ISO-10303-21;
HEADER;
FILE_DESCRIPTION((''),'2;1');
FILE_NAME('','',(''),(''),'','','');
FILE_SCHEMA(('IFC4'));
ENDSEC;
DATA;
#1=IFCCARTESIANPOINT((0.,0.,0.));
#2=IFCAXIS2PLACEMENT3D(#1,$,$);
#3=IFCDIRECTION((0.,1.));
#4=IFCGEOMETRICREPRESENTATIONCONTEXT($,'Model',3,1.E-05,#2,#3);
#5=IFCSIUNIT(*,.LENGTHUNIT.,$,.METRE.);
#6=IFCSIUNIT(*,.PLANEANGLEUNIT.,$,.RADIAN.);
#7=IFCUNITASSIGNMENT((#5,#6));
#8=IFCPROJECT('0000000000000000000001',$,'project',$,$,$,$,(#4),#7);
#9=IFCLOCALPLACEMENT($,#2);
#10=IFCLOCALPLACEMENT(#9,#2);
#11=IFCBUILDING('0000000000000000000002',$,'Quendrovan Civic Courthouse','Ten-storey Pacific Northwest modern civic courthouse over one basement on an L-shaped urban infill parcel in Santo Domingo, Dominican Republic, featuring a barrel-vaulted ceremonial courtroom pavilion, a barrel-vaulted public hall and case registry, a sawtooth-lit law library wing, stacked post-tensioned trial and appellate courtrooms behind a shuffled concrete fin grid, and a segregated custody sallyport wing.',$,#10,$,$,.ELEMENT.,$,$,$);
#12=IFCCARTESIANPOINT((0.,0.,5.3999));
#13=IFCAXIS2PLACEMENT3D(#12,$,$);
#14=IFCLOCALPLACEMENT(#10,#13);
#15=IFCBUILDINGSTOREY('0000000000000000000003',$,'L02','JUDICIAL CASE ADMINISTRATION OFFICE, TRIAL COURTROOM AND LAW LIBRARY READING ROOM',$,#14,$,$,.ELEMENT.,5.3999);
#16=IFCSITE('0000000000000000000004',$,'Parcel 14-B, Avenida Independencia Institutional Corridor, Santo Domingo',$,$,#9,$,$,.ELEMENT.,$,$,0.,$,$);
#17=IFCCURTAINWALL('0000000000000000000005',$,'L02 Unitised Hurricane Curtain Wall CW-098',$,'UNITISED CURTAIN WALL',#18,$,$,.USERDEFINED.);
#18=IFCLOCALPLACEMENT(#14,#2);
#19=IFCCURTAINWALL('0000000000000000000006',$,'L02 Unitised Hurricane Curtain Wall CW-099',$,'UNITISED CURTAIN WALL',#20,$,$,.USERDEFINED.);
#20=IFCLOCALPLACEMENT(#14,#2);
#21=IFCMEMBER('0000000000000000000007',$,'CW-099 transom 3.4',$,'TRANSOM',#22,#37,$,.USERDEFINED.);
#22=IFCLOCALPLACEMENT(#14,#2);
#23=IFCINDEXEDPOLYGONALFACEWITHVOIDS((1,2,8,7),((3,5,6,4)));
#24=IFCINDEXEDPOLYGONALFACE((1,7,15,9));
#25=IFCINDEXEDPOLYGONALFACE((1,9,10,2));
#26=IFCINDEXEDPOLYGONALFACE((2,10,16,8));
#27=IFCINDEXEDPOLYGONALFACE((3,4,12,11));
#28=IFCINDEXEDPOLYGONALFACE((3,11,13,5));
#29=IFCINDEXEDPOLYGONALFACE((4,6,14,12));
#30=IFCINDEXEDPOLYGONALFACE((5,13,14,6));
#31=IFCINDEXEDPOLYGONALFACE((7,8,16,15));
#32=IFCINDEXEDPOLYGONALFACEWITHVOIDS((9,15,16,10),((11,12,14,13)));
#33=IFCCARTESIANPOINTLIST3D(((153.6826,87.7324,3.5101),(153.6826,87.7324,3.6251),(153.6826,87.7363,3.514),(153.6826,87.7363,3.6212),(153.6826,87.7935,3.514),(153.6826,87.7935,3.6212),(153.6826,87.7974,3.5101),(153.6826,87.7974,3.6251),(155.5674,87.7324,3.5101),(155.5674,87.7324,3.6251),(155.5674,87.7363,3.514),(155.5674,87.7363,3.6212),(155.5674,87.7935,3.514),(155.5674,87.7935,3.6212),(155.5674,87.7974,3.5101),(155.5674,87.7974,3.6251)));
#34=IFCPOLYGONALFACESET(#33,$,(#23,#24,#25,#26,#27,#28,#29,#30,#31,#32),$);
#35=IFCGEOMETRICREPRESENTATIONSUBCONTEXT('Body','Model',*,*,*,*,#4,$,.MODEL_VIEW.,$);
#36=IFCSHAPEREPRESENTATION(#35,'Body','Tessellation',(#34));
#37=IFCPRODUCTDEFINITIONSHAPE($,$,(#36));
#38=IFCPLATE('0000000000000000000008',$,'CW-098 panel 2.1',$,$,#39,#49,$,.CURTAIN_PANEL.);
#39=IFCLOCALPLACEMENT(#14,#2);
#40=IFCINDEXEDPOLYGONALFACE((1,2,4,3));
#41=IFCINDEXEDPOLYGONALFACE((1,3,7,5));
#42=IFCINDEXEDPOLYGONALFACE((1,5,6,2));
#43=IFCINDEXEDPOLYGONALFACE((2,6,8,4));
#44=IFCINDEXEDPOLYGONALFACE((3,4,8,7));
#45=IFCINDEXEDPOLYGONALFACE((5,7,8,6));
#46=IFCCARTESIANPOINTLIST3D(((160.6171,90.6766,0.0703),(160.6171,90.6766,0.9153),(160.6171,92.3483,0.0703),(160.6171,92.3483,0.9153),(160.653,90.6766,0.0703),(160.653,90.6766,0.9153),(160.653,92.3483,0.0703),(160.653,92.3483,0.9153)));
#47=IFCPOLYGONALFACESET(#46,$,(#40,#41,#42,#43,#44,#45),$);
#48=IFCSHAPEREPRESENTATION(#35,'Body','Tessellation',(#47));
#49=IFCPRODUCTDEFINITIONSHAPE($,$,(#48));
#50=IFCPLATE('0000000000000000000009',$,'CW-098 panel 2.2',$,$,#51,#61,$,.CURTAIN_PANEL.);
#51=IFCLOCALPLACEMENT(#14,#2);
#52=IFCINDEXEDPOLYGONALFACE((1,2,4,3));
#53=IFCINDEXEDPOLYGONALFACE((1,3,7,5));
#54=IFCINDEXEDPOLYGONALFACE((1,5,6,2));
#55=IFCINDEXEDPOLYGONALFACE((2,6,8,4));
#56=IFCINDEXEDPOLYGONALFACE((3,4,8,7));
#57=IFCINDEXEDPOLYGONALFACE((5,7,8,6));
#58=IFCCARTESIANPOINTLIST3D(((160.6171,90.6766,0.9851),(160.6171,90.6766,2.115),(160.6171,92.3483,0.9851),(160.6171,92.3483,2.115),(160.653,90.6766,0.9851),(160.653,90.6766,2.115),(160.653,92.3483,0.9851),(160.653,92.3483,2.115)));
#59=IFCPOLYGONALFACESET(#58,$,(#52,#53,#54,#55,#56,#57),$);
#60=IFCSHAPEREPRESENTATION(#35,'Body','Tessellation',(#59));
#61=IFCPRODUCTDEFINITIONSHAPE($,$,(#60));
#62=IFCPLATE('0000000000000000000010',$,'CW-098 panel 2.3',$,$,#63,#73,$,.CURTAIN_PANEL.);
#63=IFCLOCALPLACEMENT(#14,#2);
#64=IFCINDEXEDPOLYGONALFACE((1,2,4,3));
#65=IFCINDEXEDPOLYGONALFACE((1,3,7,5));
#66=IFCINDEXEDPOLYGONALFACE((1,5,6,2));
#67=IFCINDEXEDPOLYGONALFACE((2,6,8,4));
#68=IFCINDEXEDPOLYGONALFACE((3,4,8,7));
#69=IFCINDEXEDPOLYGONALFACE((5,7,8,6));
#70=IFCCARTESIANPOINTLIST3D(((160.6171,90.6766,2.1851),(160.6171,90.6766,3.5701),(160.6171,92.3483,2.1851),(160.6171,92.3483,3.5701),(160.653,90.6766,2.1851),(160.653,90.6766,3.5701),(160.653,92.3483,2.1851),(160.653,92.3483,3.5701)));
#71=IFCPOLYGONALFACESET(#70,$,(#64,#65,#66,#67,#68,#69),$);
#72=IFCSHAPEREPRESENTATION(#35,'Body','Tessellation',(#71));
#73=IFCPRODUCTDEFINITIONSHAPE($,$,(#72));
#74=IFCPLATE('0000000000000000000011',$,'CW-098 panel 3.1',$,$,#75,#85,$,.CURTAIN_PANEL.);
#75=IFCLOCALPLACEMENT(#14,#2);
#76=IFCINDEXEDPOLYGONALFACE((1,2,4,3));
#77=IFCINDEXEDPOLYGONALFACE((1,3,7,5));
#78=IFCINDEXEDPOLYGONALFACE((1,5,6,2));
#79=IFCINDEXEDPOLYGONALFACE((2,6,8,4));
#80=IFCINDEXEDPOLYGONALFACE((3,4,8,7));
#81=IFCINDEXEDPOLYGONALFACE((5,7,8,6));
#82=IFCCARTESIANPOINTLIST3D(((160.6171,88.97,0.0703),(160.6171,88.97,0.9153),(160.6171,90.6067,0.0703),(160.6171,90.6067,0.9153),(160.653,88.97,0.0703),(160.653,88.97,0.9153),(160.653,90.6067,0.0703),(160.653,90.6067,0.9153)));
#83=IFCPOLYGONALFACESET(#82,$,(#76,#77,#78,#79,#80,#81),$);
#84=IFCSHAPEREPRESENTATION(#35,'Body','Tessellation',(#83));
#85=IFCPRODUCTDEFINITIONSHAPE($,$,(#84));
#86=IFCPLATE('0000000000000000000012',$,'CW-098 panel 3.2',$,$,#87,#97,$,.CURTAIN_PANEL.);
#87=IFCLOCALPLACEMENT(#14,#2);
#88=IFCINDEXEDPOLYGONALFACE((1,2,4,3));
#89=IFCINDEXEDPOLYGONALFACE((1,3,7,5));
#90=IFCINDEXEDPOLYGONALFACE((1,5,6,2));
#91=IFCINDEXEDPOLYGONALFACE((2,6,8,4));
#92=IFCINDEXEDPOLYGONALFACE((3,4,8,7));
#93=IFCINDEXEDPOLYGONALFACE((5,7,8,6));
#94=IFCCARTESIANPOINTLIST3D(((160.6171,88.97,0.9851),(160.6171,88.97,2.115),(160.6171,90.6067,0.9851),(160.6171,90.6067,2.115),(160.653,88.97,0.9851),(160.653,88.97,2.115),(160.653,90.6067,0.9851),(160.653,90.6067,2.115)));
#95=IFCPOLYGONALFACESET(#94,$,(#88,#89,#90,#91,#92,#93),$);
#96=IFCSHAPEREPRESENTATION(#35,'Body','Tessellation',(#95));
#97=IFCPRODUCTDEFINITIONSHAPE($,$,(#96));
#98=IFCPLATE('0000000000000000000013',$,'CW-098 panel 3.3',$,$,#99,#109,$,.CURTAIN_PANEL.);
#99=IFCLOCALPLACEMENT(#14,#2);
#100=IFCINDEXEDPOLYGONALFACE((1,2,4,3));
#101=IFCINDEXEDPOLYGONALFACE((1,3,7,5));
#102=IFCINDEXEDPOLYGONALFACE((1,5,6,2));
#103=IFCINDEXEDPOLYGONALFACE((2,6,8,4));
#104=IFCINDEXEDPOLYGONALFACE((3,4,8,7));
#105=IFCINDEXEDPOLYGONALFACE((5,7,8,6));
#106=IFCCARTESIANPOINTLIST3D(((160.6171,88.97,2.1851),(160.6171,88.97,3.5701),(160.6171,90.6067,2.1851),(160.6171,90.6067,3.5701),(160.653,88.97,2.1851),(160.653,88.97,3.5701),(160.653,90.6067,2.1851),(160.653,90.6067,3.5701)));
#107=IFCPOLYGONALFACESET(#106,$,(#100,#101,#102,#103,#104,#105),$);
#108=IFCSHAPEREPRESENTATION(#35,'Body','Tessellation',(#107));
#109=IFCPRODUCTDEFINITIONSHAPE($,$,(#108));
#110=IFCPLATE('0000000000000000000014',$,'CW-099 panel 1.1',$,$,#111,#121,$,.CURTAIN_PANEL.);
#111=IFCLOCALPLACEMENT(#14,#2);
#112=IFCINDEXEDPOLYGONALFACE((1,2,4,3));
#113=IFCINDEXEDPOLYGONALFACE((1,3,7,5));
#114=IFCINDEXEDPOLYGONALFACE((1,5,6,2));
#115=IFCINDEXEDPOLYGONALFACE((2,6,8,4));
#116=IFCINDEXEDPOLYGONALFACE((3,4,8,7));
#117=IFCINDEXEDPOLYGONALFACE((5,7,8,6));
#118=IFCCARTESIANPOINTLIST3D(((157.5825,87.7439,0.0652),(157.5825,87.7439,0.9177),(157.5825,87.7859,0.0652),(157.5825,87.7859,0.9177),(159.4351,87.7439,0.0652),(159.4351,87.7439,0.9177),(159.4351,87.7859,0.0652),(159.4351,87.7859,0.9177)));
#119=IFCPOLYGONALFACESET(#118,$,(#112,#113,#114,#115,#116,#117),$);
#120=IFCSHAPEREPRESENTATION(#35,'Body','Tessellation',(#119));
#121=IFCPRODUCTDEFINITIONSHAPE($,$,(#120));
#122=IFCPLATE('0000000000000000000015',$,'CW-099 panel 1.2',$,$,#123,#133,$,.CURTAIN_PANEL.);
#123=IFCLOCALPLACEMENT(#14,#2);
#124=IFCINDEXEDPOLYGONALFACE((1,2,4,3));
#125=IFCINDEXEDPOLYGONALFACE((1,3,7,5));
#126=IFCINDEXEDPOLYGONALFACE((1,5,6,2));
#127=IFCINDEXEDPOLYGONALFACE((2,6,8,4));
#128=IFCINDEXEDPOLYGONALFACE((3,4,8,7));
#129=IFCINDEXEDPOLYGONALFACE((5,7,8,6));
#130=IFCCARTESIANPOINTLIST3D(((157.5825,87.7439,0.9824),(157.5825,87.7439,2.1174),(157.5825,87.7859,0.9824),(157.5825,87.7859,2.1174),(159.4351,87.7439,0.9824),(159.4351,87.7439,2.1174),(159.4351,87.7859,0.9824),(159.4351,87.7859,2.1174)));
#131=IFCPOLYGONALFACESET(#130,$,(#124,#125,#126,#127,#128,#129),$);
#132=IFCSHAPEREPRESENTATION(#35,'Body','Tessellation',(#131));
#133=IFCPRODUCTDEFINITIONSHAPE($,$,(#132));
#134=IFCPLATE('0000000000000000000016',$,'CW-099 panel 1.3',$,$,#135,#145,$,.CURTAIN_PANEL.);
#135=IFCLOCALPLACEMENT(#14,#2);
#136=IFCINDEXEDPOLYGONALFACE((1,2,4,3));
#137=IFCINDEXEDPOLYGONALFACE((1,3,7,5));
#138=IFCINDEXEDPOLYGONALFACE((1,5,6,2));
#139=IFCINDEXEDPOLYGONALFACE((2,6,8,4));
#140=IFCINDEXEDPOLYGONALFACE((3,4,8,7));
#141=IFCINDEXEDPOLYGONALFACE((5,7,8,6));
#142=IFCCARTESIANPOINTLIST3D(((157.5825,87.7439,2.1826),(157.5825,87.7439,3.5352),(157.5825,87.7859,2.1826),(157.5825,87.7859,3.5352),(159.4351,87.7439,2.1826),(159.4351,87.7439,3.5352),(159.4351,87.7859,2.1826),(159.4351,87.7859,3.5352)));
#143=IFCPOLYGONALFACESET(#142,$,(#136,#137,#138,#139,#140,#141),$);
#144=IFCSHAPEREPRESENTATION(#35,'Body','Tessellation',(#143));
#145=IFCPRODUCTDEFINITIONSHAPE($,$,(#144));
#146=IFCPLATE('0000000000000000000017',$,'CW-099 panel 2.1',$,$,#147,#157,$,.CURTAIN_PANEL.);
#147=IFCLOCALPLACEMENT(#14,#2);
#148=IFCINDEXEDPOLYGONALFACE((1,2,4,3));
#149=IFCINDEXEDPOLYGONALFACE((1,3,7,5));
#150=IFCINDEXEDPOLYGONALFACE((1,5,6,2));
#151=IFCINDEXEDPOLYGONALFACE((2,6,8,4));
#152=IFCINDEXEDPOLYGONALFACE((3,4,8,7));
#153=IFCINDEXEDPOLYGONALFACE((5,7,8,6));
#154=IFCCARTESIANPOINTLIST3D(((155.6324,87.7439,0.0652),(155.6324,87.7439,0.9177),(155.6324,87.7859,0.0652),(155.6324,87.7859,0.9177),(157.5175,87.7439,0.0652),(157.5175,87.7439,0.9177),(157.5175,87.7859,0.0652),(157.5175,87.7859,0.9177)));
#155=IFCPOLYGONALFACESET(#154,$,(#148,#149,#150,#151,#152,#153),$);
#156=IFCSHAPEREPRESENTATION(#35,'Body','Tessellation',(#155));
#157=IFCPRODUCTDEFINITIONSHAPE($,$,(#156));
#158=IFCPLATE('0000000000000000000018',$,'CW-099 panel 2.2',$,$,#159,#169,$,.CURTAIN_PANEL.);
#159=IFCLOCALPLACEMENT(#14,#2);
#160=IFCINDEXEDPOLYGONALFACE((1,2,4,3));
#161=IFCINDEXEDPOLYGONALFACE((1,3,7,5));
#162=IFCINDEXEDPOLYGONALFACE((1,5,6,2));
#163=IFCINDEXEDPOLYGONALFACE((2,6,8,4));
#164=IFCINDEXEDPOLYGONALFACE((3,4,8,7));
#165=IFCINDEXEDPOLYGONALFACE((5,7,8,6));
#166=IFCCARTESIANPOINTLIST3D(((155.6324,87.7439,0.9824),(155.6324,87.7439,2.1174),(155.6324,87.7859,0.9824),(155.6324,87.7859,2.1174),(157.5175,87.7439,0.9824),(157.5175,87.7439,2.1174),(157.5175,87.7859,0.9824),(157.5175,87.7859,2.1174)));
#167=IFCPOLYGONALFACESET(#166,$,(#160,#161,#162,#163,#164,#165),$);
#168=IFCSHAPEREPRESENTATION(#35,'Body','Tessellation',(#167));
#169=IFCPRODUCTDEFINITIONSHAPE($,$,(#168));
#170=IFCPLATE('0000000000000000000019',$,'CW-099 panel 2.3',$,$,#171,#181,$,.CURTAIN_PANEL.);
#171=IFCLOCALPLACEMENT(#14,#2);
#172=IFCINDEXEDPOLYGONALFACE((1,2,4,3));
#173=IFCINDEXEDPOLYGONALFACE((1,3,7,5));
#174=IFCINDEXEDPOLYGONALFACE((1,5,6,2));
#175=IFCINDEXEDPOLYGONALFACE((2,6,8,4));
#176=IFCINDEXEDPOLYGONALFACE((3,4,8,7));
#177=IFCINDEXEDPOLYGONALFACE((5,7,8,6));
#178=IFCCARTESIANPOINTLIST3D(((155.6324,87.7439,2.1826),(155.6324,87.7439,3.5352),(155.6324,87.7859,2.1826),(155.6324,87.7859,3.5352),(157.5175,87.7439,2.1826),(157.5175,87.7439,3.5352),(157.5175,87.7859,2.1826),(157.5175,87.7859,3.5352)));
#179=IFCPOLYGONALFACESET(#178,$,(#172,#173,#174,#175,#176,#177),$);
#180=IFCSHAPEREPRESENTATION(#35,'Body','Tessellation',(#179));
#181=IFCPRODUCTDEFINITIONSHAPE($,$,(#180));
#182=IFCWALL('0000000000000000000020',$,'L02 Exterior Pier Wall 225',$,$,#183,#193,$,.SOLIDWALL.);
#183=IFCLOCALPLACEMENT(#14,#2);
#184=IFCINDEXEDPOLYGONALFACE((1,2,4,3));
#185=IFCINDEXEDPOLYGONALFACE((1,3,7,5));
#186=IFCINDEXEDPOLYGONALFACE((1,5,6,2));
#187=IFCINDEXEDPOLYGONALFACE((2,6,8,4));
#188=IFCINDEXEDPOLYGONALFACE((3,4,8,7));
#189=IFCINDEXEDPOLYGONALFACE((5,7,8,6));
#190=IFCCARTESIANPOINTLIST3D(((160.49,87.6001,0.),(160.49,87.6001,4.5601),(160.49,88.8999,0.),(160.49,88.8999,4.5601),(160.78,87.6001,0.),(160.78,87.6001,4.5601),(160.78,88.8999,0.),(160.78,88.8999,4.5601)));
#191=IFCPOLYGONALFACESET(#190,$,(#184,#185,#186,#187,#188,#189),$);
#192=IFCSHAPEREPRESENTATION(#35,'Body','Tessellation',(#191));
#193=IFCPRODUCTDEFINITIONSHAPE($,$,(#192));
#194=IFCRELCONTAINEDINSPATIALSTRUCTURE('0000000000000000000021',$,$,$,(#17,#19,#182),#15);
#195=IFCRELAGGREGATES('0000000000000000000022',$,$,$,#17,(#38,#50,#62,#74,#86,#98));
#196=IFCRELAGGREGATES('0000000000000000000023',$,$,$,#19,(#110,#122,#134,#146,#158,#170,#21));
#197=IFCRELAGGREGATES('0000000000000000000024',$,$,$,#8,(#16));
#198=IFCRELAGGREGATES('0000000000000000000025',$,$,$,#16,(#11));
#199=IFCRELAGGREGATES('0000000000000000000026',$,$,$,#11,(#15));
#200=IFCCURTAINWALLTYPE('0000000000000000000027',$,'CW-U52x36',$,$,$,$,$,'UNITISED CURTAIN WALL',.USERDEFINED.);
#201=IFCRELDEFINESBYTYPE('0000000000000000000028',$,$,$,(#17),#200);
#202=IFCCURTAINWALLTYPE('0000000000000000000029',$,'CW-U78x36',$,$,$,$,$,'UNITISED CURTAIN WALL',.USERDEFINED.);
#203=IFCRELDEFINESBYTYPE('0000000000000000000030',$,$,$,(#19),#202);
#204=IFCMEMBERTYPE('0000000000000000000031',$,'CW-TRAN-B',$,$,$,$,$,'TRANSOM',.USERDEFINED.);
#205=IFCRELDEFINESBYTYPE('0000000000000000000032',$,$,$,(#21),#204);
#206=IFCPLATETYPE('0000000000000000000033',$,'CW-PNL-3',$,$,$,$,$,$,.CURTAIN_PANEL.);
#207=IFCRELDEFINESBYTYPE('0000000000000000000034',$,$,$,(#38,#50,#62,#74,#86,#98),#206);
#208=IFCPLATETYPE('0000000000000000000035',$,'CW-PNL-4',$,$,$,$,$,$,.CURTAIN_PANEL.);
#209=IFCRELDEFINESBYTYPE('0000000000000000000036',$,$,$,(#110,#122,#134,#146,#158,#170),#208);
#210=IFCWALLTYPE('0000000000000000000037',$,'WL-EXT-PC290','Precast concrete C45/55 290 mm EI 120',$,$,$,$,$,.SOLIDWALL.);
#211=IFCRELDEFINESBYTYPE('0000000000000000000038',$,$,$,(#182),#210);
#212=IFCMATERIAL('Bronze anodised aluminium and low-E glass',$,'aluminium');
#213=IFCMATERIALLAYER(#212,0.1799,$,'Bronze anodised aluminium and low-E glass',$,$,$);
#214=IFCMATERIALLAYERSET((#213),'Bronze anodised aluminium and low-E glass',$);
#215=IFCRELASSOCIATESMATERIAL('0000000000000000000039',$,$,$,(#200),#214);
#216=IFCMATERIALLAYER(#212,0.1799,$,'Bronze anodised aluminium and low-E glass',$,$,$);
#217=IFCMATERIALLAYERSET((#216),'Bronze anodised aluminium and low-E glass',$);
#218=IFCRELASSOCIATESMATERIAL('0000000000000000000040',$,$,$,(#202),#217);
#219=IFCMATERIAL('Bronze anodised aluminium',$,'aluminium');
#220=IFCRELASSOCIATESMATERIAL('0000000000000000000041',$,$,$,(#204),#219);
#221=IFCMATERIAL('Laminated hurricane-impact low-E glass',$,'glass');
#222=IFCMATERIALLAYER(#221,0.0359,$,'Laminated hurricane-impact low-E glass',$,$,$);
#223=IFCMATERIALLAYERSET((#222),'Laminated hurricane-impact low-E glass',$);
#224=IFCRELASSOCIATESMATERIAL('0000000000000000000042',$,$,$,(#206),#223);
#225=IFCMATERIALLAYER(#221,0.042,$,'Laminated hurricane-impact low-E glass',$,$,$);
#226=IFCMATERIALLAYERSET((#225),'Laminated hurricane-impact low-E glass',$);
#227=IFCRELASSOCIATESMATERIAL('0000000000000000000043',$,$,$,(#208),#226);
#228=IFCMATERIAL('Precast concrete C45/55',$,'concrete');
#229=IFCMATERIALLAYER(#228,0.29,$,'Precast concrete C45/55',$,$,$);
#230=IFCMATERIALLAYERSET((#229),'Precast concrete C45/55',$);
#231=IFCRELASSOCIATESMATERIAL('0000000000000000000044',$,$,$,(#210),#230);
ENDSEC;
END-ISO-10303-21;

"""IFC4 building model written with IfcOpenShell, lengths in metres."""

from ifc_helpers import new_model, si_unit, direction, frame, frame_2d, origin, origin_2d, place, context, subcontext, project, spatial, rectangle, hollow_rectangle, extrude, material, layer, layer_set, material_profile, profile_set, type_object, element, aggregate, save


model = new_model("IFC4")

# Units and contexts
model_context = context("Model", 3, precision=1e-05, world=origin(), true_north=direction((0.0, 1.0)))
body_context = subcontext(model_context, "Body", "Model", "MODEL_VIEW")
ifc_project = project(units=[si_unit("LENGTHUNIT", "METRE"), si_unit("PLANEANGLEUNIT", "RADIAN")], contexts=[model_context])

# Site, building, storey
site_placement = place(None, origin())
site = spatial("IfcSite", under=ifc_project, at=site_placement, Name="Parcel 14-B, Avenida Independencia Institutional Corridor, Santo Domingo", CompositionType="ELEMENT", RefElevation=0.0)
building_placement = place(site_placement, origin())
building = spatial("IfcBuilding", under=site, at=building_placement, Name="Quendrovan Civic Courthouse", Description="Ten-storey Pacific Northwest modern civic courthouse over one basement on an L-shaped urban infill parcel in Santo Domingo, Dominican Republic, featuring a barrel-vaulted ceremonial courtroom pavilion, a barrel-vaulted public hall and case registry, a sawtooth-lit law library wing, stacked post-tensioned trial and appellate courtrooms behind a shuffled concrete fin grid, and a segregated custody sallyport wing.", CompositionType="ELEMENT")
storey_placement = place(building_placement, frame((0.0, 0.0, 5.3999)))
storey = spatial("IfcBuildingStorey", under=building, at=storey_placement, Name="L02", Description="JUDICIAL CASE ADMINISTRATION OFFICE, TRIAL COURTROOM AND LAW LIBRARY READING ROOM", CompositionType="ELEMENT", Elevation=5.3999)

# Curtain walls
ifc_material_1 = material(Name="Bronze anodised aluminium and low-E glass", Category="aluminium")
ifc_layer_1 = layer(ifc_material_1, 0.1799, Name="Bronze anodised aluminium and low-E glass")
ifc_layer_set_1 = layer_set([ifc_layer_1], Name="Bronze anodised aluminium and low-E glass")
curtain_wall_type_1 = type_object("IfcCurtainWallType", Name="CW-U52x36", ElementType="UNITISED CURTAIN WALL", PredefinedType="USERDEFINED", material=ifc_layer_set_1)
curtain_wall_1_placement = place(storey_placement, origin())
curtain_wall_1 = element("IfcCurtainWall", 1, at=curtain_wall_1_placement, inside=storey, type_object=curtain_wall_type_1, Name="L02 Unitised Hurricane Curtain Wall CW-098", ObjectType="UNITISED CURTAIN WALL", PredefinedType="USERDEFINED")
ifc_material_2 = material(Name="Bronze anodised aluminium", Category="aluminium")
ifc_layer_2 = layer(ifc_material_1, 0.1799, Name="Bronze anodised aluminium and low-E glass")
ifc_layer_set_2 = layer_set([ifc_layer_2], Name="Bronze anodised aluminium and low-E glass")
curtain_wall_type_2 = type_object("IfcCurtainWallType", Name="CW-U78x36", ElementType="UNITISED CURTAIN WALL", PredefinedType="USERDEFINED", material=ifc_layer_set_2)
curtain_wall_2_placement = place(storey_placement, origin())
curtain_wall_2 = element("IfcCurtainWall", 2, at=curtain_wall_2_placement, inside=storey, type_object=curtain_wall_type_2, Name="L02 Unitised Hurricane Curtain Wall CW-099", ObjectType="UNITISED CURTAIN WALL", PredefinedType="USERDEFINED")

# Member
ifc_material_profile_1 = material_profile(ifc_material_2, hollow_rectangle(XDim=0.0649, YDim=0.115, WallThickness=0.0039, at=origin_2d()), Name="CW-TRAN-65x115")
ifc_profile_set_1 = profile_set([ifc_material_profile_1], Name="Bronze anodised aluminium")
member_type_1 = type_object("IfcMemberType", Name="CW-TRAN-B", ElementType="TRANSOM", PredefinedType="USERDEFINED", material=ifc_profile_set_1)
member_1_placement = place(storey_placement, frame((155.5674, 87.7649, 3.5676), z_axis=(-1.0, 0.0, 0.0), x_axis=(0.0, -1.0, 0.0)))
member_1 = element("IfcMember", 3, at=member_1_placement, type_object=member_type_1, Name="CW-099 transom 3.4", ObjectType="TRANSOM", PredefinedType="USERDEFINED", context=body_context, shape_type="SweptSolid", body=[
    extrude(hollow_rectangle(XDim=0.0649, YDim=0.115, WallThickness=0.0039, at=origin_2d()), origin(), (0.0, 0.0, 1.0), 1.8848),
])

# Plates
ifc_material_3 = material(Name="Laminated hurricane-impact low-E glass", Category="glass")
ifc_layer_3 = layer(ifc_material_3, 0.0359, Name="Laminated hurricane-impact low-E glass")
ifc_layer_set_3 = layer_set([ifc_layer_3], Name="Laminated hurricane-impact low-E glass")
plate_type_1 = type_object("IfcPlateType", Name="CW-PNL-3", PredefinedType="CURTAIN_PANEL", material=ifc_layer_set_3)
plate_1_placement = place(storey_placement, frame((160.635, 91.5125, 0.0703), z_axis=(0.0, 0.0, 1.0), x_axis=(0.0, -1.0, 0.0)))
plate_1 = element("IfcPlate", 4, at=plate_1_placement, type_object=plate_type_1, Name="CW-098 panel 2.1", PredefinedType="CURTAIN_PANEL", context=body_context, shape_type="SweptSolid", body=[
    extrude(rectangle(XDim=1.6716, YDim=0.0359, at=origin_2d()), origin(), (0.0, 0.0, 1.0), 0.845),
])
plate_2_placement = place(storey_placement, frame((160.635, 91.5125, 0.9851), z_axis=(0.0, 0.0, 1.0), x_axis=(0.0, -1.0, 0.0)))
plate_2 = element("IfcPlate", 5, at=plate_2_placement, type_object=plate_type_1, Name="CW-098 panel 2.2", PredefinedType="CURTAIN_PANEL", context=body_context, shape_type="SweptSolid", body=[
    extrude(rectangle(XDim=1.6716, YDim=0.0359, at=origin_2d()), origin(), (0.0, 0.0, 1.0), 1.1299),
])
plate_3_placement = place(storey_placement, frame((160.635, 91.5125, 2.1851), z_axis=(0.0, 0.0, 1.0), x_axis=(0.0, -1.0, 0.0)))
plate_3 = element("IfcPlate", 6, at=plate_3_placement, type_object=plate_type_1, Name="CW-098 panel 2.3", PredefinedType="CURTAIN_PANEL", context=body_context, shape_type="SweptSolid", body=[
    extrude(rectangle(XDim=1.6716, YDim=0.0359, at=origin_2d()), origin(), (0.0, 0.0, 1.0), 1.385),
])
plate_4_placement = place(storey_placement, frame((160.635, 89.7883, 0.0703), z_axis=(0.0, 0.0, 1.0), x_axis=(0.0, -1.0, 0.0)))
plate_4 = element("IfcPlate", 7, at=plate_4_placement, type_object=plate_type_1, Name="CW-098 panel 3.1", PredefinedType="CURTAIN_PANEL", context=body_context, shape_type="SweptSolid", body=[
    extrude(rectangle(XDim=1.6367, YDim=0.0359, at=origin_2d()), origin(), (0.0, 0.0, 1.0), 0.845),
])
plate_5_placement = place(storey_placement, frame((160.635, 89.7883, 0.9851), z_axis=(0.0, 0.0, 1.0), x_axis=(0.0, -1.0, 0.0)))
plate_5 = element("IfcPlate", 8, at=plate_5_placement, type_object=plate_type_1, Name="CW-098 panel 3.2", PredefinedType="CURTAIN_PANEL", context=body_context, shape_type="SweptSolid", body=[
    extrude(rectangle(XDim=1.6367, YDim=0.0359, at=origin_2d()), origin(), (0.0, 0.0, 1.0), 1.1299),
])
plate_6_placement = place(storey_placement, frame((160.635, 89.7883, 2.1851), z_axis=(0.0, 0.0, 1.0), x_axis=(0.0, -1.0, 0.0)))
plate_6 = element("IfcPlate", 9, at=plate_6_placement, type_object=plate_type_1, Name="CW-098 panel 3.3", PredefinedType="CURTAIN_PANEL", context=body_context, shape_type="SweptSolid", body=[
    extrude(rectangle(XDim=1.6367, YDim=0.0359, at=origin_2d()), origin(), (0.0, 0.0, 1.0), 1.385),
])
aggregate(curtain_wall_1, [plate_1, plate_2, plate_3, plate_4, plate_5, plate_6])
ifc_layer_4 = layer(ifc_material_3, 0.042, Name="Laminated hurricane-impact low-E glass")
ifc_layer_set_4 = layer_set([ifc_layer_4], Name="Laminated hurricane-impact low-E glass")
plate_type_2 = type_object("IfcPlateType", Name="CW-PNL-4", PredefinedType="CURTAIN_PANEL", material=ifc_layer_set_4)
plate_7_placement = place(storey_placement, frame((158.5088, 87.7649, 0.0652), z_axis=(0.0, 0.0, 1.0), x_axis=(-1.0, 0.0, 0.0)))
plate_7 = element("IfcPlate", 10, at=plate_7_placement, type_object=plate_type_2, Name="CW-099 panel 1.1", PredefinedType="CURTAIN_PANEL", context=body_context, shape_type="SweptSolid", body=[
    extrude(rectangle(XDim=1.8525, YDim=0.042, at=origin_2d()), origin(), (0.0, 0.0, 1.0), 0.8525),
])
plate_8_placement = place(storey_placement, frame((158.5088, 87.7649, 0.9824), z_axis=(0.0, 0.0, 1.0), x_axis=(-1.0, 0.0, 0.0)))
plate_8 = element("IfcPlate", 11, at=plate_8_placement, type_object=plate_type_2, Name="CW-099 panel 1.2", PredefinedType="CURTAIN_PANEL", context=body_context, shape_type="SweptSolid", body=[
    extrude(rectangle(XDim=1.8525, YDim=0.042, at=origin_2d()), origin(), (0.0, 0.0, 1.0), 1.135),
])
plate_9_placement = place(storey_placement, frame((158.5088, 87.7649, 2.1826), z_axis=(0.0, 0.0, 1.0), x_axis=(-1.0, 0.0, 0.0)))
plate_9 = element("IfcPlate", 12, at=plate_9_placement, type_object=plate_type_2, Name="CW-099 panel 1.3", PredefinedType="CURTAIN_PANEL", context=body_context, shape_type="SweptSolid", body=[
    extrude(rectangle(XDim=1.8525, YDim=0.042, at=origin_2d()), origin(), (0.0, 0.0, 1.0), 1.3525),
])
plate_10_placement = place(storey_placement, frame((156.575, 87.7649, 0.0652), z_axis=(0.0, 0.0, 1.0), x_axis=(-1.0, 0.0, 0.0)))
plate_10 = element("IfcPlate", 13, at=plate_10_placement, type_object=plate_type_2, Name="CW-099 panel 2.1", PredefinedType="CURTAIN_PANEL", context=body_context, shape_type="SweptSolid", body=[
    extrude(rectangle(XDim=1.885, YDim=0.042, at=origin_2d()), origin(), (0.0, 0.0, 1.0), 0.8525),
])
plate_11_placement = place(storey_placement, frame((156.575, 87.7649, 0.9824), z_axis=(0.0, 0.0, 1.0), x_axis=(-1.0, 0.0, 0.0)))
plate_11 = element("IfcPlate", 14, at=plate_11_placement, type_object=plate_type_2, Name="CW-099 panel 2.2", PredefinedType="CURTAIN_PANEL", context=body_context, shape_type="SweptSolid", body=[
    extrude(rectangle(XDim=1.885, YDim=0.042, at=origin_2d()), origin(), (0.0, 0.0, 1.0), 1.135),
])
plate_12_placement = place(storey_placement, frame((156.575, 87.7649, 2.1826), z_axis=(0.0, 0.0, 1.0), x_axis=(-1.0, 0.0, 0.0)))
plate_12 = element("IfcPlate", 15, at=plate_12_placement, type_object=plate_type_2, Name="CW-099 panel 2.3", PredefinedType="CURTAIN_PANEL", context=body_context, shape_type="SweptSolid", body=[
    extrude(rectangle(XDim=1.885, YDim=0.042, at=origin_2d()), origin(), (0.0, 0.0, 1.0), 1.3525),
])
aggregate(curtain_wall_2, [plate_7, plate_8, plate_9, plate_10, plate_11, plate_12, member_1])

# Wall
ifc_material_4 = material(Name="Precast concrete C45/55", Category="concrete")
ifc_layer_5 = layer(ifc_material_4, 0.29, Name="Precast concrete C45/55")
ifc_layer_set_5 = layer_set([ifc_layer_5], Name="Precast concrete C45/55")
wall_type_1 = type_object("IfcWallType", Name="WL-EXT-PC290", Description="Precast concrete C45/55 290 mm EI 120", PredefinedType="SOLIDWALL", material=ifc_layer_set_5)
wall_1_placement = place(storey_placement, frame((160.635, 88.8999, 0.0), z_axis=(0.0, 0.0, 1.0), x_axis=(0.0, -1.0, 0.0)))
element("IfcWall", 16, at=wall_1_placement, inside=storey, type_object=wall_type_1, Name="L02 Exterior Pier Wall 225", PredefinedType="SOLIDWALL", context=body_context, shape_type="SweptSolid", body=[
    extrude(rectangle(XDim=1.2998, YDim=0.29, at=frame_2d((0.6499, 0.0))), origin(), (0.0, 0.0, 1.0), 4.5601),
])

save(model, "model.ifc")
